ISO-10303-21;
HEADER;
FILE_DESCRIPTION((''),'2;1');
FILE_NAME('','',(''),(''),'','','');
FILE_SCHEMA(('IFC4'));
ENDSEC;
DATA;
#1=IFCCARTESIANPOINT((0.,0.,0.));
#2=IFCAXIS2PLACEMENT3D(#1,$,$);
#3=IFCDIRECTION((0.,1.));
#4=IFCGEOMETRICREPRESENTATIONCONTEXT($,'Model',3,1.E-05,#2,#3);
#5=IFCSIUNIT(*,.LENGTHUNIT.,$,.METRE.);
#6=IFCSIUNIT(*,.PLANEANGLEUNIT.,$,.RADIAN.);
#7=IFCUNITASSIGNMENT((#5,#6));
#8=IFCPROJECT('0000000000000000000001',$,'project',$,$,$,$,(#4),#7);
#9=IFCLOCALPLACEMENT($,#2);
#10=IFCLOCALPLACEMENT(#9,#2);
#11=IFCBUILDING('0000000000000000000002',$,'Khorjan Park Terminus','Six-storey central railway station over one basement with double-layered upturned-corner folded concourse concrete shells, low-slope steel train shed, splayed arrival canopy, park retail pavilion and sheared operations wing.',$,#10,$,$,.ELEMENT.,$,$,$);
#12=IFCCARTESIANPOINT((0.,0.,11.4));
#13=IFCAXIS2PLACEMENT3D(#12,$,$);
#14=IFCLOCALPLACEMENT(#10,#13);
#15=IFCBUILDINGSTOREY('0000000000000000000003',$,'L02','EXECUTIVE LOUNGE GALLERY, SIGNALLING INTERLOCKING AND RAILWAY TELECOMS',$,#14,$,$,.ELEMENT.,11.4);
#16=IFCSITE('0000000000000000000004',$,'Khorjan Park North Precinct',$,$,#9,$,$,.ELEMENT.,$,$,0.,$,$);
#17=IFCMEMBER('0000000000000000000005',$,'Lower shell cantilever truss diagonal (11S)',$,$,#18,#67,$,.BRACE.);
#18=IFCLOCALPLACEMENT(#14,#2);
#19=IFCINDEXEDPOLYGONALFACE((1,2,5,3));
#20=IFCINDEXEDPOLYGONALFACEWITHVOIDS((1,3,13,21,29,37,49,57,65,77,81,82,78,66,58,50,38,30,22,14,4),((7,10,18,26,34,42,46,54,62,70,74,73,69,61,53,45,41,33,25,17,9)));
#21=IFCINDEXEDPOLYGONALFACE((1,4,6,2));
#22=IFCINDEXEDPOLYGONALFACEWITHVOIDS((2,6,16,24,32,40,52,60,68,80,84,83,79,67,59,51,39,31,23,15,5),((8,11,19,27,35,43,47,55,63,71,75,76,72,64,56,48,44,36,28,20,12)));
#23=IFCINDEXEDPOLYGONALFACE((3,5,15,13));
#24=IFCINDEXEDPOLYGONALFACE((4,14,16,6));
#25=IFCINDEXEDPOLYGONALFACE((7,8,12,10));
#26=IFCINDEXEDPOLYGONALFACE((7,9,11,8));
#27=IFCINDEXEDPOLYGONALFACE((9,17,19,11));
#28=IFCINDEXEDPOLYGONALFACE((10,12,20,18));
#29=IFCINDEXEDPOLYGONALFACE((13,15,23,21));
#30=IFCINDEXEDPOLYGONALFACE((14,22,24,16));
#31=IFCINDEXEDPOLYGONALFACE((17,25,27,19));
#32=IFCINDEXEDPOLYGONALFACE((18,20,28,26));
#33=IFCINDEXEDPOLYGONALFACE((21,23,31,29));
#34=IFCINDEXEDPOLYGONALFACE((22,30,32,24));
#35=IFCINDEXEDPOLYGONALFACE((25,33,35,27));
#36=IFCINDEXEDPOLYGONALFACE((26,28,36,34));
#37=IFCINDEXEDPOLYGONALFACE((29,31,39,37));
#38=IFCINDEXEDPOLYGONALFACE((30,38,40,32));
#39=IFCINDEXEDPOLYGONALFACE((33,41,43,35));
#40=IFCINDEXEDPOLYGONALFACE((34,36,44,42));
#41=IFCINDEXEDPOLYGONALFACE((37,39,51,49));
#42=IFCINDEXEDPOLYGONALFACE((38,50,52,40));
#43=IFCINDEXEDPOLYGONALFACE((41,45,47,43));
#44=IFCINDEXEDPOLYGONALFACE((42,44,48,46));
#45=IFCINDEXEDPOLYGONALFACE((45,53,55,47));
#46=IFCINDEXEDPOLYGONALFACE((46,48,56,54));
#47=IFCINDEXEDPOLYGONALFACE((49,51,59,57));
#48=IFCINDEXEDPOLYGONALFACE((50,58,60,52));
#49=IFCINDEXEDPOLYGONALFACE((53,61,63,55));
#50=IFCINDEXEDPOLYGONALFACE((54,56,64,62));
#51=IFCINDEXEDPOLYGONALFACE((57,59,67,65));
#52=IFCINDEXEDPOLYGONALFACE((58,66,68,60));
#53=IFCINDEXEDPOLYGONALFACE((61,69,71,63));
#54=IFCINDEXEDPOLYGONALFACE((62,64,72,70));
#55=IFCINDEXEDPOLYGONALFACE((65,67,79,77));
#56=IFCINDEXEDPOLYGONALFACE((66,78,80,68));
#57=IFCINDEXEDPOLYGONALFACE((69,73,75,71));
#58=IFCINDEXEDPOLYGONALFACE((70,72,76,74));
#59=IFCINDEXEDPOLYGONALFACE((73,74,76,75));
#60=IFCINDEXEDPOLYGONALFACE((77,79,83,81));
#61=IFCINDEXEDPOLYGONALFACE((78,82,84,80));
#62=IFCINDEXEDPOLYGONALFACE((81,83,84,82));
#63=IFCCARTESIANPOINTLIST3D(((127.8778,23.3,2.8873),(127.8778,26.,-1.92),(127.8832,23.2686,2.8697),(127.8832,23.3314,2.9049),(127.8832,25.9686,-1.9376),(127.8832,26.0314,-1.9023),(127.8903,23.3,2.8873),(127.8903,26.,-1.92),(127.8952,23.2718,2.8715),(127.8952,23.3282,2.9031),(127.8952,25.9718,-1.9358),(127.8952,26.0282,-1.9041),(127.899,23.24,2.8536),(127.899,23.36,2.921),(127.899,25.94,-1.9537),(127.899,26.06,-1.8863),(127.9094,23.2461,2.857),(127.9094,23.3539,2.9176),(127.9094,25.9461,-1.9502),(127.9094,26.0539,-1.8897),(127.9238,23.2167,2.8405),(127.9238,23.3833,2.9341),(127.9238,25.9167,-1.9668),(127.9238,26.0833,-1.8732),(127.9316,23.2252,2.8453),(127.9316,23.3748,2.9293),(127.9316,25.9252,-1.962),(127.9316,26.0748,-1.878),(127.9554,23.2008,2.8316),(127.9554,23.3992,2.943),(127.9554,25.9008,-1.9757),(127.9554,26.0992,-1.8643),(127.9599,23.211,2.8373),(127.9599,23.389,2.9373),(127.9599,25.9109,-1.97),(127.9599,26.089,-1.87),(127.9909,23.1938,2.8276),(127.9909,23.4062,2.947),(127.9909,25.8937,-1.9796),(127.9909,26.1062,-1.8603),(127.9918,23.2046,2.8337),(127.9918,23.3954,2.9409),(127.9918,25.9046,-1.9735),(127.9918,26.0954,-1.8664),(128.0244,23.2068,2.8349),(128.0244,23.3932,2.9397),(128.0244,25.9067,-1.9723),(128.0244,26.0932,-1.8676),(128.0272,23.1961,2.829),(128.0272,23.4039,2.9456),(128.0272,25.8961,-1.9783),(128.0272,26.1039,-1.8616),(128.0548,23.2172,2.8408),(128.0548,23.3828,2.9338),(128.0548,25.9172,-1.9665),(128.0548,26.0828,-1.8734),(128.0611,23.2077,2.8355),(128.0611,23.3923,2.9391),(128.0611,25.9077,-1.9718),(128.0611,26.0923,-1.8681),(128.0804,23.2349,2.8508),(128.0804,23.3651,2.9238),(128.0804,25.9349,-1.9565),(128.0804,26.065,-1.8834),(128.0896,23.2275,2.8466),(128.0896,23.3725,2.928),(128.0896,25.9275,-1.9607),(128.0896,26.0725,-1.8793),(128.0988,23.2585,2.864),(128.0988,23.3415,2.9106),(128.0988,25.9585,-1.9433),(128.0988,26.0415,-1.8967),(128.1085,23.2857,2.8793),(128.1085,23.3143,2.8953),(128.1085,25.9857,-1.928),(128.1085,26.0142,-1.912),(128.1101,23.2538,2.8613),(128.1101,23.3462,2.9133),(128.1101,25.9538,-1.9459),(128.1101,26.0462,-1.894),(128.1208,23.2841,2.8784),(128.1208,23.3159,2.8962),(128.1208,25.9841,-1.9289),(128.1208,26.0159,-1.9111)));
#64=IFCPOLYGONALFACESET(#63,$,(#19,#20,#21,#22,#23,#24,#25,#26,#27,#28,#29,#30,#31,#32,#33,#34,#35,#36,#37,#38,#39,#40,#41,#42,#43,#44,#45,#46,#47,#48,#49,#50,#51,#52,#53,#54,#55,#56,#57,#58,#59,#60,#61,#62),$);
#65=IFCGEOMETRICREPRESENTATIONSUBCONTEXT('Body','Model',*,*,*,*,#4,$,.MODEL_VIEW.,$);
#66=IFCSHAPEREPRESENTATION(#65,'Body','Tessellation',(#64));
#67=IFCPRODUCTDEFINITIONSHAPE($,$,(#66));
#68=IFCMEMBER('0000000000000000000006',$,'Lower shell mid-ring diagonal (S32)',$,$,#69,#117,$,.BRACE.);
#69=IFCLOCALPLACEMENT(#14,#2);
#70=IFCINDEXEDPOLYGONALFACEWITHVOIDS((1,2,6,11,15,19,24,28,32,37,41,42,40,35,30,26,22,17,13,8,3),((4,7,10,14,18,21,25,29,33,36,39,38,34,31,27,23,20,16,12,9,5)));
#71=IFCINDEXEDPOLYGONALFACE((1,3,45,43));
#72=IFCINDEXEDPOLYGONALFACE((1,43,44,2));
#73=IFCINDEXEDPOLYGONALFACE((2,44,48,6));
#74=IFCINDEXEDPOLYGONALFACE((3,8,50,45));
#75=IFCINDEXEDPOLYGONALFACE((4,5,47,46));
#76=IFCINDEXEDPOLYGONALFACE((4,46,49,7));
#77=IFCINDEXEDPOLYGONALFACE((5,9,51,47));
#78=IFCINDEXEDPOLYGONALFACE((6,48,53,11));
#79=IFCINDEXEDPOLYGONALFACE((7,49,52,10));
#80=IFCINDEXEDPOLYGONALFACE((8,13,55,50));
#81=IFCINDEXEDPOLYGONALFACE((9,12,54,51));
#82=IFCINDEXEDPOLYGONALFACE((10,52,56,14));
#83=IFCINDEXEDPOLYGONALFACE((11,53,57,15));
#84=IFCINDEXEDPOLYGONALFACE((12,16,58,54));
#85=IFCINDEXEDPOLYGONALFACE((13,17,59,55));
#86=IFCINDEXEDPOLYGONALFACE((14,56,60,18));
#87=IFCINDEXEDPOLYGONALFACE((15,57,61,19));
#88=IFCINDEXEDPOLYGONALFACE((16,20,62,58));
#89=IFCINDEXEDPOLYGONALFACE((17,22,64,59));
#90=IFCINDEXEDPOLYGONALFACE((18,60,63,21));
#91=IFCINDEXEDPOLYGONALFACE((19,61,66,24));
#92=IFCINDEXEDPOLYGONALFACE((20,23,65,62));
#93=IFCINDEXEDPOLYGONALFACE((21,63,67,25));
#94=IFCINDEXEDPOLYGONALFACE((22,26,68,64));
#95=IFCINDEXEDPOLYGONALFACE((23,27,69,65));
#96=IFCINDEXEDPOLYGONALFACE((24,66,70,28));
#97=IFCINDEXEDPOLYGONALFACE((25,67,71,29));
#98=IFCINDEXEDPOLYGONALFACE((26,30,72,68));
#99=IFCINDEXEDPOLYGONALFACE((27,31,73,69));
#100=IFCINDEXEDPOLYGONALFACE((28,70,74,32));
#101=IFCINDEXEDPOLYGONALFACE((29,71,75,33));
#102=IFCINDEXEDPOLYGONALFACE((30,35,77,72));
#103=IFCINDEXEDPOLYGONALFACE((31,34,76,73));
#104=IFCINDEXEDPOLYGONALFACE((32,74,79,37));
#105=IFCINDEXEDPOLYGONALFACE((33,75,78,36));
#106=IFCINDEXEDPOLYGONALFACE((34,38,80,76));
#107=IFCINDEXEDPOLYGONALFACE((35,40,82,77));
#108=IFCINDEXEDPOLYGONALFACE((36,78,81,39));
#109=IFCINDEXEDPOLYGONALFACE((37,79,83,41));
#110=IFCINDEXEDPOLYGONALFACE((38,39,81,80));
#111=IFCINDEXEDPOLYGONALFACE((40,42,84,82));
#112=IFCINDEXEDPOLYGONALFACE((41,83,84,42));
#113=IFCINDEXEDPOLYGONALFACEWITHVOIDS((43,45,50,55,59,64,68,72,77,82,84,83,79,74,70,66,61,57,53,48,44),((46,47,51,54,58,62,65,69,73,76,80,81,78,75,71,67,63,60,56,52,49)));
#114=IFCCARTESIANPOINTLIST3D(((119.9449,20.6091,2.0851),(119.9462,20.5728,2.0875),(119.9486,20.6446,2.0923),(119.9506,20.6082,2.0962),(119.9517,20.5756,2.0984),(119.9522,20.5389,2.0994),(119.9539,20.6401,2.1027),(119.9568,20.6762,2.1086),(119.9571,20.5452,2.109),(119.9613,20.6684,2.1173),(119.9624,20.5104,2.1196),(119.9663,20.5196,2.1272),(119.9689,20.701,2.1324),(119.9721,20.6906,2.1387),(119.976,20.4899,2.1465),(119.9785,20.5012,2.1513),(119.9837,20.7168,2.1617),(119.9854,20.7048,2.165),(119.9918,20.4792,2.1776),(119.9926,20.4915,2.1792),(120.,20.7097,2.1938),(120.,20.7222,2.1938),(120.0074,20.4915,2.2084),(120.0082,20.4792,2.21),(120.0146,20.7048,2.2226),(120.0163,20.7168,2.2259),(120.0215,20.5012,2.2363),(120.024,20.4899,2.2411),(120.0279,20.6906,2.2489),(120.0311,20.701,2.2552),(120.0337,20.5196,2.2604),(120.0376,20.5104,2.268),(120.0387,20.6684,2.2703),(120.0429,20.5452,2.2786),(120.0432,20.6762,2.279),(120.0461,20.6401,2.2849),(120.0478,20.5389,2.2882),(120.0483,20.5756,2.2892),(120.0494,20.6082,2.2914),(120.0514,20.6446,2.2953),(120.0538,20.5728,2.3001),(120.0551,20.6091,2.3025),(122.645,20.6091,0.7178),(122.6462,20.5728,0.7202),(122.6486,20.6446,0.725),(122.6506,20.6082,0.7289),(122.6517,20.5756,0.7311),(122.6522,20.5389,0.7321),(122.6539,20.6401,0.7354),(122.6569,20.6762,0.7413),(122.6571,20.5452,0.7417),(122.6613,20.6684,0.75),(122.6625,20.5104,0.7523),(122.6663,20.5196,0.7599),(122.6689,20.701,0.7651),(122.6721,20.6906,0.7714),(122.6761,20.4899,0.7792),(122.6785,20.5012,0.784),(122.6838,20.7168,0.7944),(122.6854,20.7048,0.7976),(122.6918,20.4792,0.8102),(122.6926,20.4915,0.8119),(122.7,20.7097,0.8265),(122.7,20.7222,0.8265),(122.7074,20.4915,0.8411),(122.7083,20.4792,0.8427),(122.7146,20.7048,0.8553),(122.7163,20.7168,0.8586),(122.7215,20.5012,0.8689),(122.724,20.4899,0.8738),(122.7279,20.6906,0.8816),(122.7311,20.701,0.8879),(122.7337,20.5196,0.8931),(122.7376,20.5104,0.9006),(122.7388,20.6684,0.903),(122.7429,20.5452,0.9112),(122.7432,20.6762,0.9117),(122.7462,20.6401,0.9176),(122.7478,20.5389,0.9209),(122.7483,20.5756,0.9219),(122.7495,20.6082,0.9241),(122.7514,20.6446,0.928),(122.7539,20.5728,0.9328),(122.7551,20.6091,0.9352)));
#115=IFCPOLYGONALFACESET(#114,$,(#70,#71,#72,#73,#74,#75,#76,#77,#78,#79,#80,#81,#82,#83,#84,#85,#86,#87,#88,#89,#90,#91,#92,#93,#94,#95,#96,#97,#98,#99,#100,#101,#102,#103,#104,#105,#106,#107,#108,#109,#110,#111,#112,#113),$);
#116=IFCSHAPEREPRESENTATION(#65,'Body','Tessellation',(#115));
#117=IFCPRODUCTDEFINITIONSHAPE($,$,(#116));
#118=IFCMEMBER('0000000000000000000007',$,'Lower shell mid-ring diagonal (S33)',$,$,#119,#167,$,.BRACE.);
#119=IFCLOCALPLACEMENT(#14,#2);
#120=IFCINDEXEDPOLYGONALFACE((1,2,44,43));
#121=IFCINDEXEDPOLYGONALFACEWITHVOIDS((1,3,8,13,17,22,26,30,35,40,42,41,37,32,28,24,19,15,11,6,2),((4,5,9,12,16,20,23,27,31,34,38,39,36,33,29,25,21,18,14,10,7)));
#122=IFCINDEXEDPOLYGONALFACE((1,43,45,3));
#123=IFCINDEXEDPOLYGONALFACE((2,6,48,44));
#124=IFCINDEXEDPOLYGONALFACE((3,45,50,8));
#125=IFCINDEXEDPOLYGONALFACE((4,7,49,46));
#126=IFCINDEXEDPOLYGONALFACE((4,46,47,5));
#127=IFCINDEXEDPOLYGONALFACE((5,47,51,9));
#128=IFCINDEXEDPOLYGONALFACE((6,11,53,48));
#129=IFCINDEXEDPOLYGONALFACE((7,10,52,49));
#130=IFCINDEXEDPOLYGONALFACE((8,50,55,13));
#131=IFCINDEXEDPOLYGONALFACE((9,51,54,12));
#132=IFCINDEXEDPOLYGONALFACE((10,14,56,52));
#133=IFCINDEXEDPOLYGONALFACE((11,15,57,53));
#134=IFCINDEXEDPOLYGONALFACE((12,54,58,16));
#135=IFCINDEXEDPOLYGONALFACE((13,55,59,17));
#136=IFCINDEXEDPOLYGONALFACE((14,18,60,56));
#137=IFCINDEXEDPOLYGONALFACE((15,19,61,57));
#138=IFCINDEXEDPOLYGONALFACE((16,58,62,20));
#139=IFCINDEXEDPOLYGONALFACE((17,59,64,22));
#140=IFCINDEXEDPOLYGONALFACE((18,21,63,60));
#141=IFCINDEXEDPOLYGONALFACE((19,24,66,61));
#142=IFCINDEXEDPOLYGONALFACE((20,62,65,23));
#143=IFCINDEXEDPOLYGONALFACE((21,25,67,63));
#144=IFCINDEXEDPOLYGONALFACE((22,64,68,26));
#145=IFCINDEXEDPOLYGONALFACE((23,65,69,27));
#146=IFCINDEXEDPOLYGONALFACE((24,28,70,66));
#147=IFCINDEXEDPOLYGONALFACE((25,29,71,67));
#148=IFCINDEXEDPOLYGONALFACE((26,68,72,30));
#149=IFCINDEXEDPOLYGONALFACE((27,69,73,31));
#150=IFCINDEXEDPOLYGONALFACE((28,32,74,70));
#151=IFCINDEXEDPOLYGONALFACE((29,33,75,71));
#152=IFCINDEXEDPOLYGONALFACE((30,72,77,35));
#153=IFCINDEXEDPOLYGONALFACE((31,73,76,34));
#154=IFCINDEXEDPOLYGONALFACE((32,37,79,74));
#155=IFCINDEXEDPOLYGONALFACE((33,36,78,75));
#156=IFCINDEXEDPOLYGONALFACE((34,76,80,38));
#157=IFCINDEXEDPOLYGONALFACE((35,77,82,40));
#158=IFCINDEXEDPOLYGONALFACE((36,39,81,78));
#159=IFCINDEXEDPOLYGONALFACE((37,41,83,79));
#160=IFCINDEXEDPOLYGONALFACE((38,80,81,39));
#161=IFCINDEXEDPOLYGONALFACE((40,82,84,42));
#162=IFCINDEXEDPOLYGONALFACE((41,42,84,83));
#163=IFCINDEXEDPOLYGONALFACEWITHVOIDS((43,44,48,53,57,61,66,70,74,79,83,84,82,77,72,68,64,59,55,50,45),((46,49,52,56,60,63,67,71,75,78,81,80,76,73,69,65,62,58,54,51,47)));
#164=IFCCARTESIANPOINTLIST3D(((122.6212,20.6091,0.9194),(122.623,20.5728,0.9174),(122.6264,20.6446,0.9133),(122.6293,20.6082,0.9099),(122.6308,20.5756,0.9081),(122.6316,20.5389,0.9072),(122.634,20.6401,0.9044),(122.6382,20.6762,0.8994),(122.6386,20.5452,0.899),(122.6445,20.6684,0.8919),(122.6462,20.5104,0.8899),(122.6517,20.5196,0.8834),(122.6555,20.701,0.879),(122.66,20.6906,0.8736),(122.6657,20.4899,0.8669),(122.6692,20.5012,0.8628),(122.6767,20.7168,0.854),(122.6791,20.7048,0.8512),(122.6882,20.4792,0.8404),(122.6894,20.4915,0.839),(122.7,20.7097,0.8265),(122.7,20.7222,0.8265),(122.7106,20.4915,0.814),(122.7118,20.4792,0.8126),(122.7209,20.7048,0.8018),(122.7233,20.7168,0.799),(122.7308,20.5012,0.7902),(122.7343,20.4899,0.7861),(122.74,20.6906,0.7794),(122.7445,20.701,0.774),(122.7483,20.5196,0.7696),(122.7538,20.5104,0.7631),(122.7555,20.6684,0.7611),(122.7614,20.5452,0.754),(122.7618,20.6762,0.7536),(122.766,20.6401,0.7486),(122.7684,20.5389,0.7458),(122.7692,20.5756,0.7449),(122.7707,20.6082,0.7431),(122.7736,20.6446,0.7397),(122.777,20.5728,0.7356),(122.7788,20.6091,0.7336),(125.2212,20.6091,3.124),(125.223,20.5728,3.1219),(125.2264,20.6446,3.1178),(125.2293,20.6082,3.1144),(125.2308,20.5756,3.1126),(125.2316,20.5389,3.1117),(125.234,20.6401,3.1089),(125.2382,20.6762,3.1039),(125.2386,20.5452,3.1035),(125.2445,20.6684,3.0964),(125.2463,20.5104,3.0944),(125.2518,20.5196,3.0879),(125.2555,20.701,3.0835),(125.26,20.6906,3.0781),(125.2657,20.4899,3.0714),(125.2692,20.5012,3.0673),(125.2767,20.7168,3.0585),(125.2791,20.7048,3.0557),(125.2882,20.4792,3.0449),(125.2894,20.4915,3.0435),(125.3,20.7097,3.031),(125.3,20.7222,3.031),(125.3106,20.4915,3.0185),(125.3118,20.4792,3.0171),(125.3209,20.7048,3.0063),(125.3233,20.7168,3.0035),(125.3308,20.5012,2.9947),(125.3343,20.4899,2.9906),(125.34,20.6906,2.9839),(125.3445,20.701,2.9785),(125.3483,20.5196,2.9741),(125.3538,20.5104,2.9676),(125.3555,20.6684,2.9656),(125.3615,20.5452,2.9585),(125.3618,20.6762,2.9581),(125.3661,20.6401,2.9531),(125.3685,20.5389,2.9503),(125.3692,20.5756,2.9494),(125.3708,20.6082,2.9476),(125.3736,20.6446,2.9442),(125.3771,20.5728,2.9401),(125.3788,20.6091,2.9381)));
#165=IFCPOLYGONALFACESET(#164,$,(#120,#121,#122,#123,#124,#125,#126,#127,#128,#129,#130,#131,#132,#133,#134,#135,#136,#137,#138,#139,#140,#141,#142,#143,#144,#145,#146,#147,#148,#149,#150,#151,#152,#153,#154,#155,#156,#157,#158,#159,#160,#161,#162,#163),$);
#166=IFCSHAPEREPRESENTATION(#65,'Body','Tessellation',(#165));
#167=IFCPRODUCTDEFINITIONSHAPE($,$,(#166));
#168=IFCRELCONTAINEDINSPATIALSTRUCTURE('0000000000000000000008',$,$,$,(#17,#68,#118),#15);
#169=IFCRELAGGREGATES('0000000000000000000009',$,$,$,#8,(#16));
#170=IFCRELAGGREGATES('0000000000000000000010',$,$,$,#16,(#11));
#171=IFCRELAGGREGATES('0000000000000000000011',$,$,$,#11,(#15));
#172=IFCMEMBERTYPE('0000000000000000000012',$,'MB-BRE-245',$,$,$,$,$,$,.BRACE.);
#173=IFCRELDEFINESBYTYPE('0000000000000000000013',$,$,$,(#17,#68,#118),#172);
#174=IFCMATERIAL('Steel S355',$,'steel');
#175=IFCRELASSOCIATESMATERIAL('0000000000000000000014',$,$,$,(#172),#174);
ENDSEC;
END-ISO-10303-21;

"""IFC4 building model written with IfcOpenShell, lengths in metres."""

from ifc_helpers import new_model, si_unit, direction, frame, origin, origin_2d, place, context, subcontext, project, spatial, hollow_circle, extrude, material, material_profile, profile_set, type_object, element, save


model = new_model("IFC4")

# Units and contexts
model_context = context("Model", 3, precision=1e-05, world=origin(), true_north=direction((0.0, 1.0)))
body_context = subcontext(model_context, "Body", "Model", "MODEL_VIEW")
ifc_project = project(units=[si_unit("LENGTHUNIT", "METRE"), si_unit("PLANEANGLEUNIT", "RADIAN")], contexts=[model_context])

# Site, building, storey
site_placement = place(None, origin())
site = spatial("IfcSite", under=ifc_project, at=site_placement, Name="Khorjan Park North Precinct", CompositionType="ELEMENT", RefElevation=0.0)
building_placement = place(site_placement, origin())
building = spatial("IfcBuilding", under=site, at=building_placement, Name="Khorjan Park Terminus", Description="Six-storey central railway station over one basement with double-layered upturned-corner folded concourse concrete shells, low-slope steel train shed, splayed arrival canopy, park retail pavilion and sheared operations wing.", CompositionType="ELEMENT")
storey_placement = place(building_placement, frame((0.0, 0.0, 11.4)))
storey = spatial("IfcBuildingStorey", under=building, at=storey_placement, Name="L02", Description="EXECUTIVE LOUNGE GALLERY, SIGNALLING INTERLOCKING AND RAILWAY TELECOMS", CompositionType="ELEMENT", Elevation=11.4)

# Members
ifc_material_1 = material(Name="Steel S355", Category="steel")
ifc_material_profile_1 = material_profile(ifc_material_1, hollow_circle(Radius=0.1222, WallThickness=0.0125, at=origin_2d()), Name="CHS 244.5x12.5")
ifc_profile_set_1 = profile_set([ifc_material_profile_1], Name="Steel S355")
member_type_1 = type_object("IfcMemberType", Name="MB-BRE-245", PredefinedType="BRACE", material=ifc_profile_set_1)
member_1_placement = place(storey_placement, frame((128.0, 23.3, 2.8873), z_axis=(0.0, 0.489695, -0.871894), x_axis=(-1.0, 0.0, 0.0)))
element("IfcMember", 1, at=member_1_placement, inside=storey, type_object=member_type_1, Name="Lower shell cantilever truss diagonal (11S)", PredefinedType="BRACE", context=body_context, shape_type="SweptSolid", body=[
    extrude(hollow_circle(Radius=0.1222, WallThickness=0.0125, at=origin_2d()), origin(), (0.0, 0.0, 1.0), 5.5136),
])
member_2_placement = place(storey_placement, frame((120.0, 20.6, 2.1938), z_axis=(0.892129, 0.0, -0.451781), x_axis=(0.0, 1.0, 0.0)))
element("IfcMember", 2, at=member_2_placement, inside=storey, type_object=member_type_1, Name="Lower shell mid-ring diagonal (S32)", PredefinedType="BRACE", context=body_context, shape_type="SweptSolid", body=[
    extrude(hollow_circle(Radius=0.1222, WallThickness=0.0125, at=origin_2d()), origin(), (0.0, 0.0, 1.0), 3.0265),
])
member_3_placement = place(storey_placement, frame((122.7, 20.6, 0.8265), z_axis=(0.762735, 0.0, 0.646711), x_axis=(0.0, 1.0, 0.0)))
element("IfcMember", 3, at=member_3_placement, inside=storey, type_object=member_type_1, Name="Lower shell mid-ring diagonal (S33)", PredefinedType="BRACE", context=body_context, shape_type="SweptSolid", body=[
    extrude(hollow_circle(Radius=0.1222, WallThickness=0.0125, at=origin_2d()), origin(), (0.0, 0.0, 1.0), 3.4088),
])

save(model, "model.ifc")
